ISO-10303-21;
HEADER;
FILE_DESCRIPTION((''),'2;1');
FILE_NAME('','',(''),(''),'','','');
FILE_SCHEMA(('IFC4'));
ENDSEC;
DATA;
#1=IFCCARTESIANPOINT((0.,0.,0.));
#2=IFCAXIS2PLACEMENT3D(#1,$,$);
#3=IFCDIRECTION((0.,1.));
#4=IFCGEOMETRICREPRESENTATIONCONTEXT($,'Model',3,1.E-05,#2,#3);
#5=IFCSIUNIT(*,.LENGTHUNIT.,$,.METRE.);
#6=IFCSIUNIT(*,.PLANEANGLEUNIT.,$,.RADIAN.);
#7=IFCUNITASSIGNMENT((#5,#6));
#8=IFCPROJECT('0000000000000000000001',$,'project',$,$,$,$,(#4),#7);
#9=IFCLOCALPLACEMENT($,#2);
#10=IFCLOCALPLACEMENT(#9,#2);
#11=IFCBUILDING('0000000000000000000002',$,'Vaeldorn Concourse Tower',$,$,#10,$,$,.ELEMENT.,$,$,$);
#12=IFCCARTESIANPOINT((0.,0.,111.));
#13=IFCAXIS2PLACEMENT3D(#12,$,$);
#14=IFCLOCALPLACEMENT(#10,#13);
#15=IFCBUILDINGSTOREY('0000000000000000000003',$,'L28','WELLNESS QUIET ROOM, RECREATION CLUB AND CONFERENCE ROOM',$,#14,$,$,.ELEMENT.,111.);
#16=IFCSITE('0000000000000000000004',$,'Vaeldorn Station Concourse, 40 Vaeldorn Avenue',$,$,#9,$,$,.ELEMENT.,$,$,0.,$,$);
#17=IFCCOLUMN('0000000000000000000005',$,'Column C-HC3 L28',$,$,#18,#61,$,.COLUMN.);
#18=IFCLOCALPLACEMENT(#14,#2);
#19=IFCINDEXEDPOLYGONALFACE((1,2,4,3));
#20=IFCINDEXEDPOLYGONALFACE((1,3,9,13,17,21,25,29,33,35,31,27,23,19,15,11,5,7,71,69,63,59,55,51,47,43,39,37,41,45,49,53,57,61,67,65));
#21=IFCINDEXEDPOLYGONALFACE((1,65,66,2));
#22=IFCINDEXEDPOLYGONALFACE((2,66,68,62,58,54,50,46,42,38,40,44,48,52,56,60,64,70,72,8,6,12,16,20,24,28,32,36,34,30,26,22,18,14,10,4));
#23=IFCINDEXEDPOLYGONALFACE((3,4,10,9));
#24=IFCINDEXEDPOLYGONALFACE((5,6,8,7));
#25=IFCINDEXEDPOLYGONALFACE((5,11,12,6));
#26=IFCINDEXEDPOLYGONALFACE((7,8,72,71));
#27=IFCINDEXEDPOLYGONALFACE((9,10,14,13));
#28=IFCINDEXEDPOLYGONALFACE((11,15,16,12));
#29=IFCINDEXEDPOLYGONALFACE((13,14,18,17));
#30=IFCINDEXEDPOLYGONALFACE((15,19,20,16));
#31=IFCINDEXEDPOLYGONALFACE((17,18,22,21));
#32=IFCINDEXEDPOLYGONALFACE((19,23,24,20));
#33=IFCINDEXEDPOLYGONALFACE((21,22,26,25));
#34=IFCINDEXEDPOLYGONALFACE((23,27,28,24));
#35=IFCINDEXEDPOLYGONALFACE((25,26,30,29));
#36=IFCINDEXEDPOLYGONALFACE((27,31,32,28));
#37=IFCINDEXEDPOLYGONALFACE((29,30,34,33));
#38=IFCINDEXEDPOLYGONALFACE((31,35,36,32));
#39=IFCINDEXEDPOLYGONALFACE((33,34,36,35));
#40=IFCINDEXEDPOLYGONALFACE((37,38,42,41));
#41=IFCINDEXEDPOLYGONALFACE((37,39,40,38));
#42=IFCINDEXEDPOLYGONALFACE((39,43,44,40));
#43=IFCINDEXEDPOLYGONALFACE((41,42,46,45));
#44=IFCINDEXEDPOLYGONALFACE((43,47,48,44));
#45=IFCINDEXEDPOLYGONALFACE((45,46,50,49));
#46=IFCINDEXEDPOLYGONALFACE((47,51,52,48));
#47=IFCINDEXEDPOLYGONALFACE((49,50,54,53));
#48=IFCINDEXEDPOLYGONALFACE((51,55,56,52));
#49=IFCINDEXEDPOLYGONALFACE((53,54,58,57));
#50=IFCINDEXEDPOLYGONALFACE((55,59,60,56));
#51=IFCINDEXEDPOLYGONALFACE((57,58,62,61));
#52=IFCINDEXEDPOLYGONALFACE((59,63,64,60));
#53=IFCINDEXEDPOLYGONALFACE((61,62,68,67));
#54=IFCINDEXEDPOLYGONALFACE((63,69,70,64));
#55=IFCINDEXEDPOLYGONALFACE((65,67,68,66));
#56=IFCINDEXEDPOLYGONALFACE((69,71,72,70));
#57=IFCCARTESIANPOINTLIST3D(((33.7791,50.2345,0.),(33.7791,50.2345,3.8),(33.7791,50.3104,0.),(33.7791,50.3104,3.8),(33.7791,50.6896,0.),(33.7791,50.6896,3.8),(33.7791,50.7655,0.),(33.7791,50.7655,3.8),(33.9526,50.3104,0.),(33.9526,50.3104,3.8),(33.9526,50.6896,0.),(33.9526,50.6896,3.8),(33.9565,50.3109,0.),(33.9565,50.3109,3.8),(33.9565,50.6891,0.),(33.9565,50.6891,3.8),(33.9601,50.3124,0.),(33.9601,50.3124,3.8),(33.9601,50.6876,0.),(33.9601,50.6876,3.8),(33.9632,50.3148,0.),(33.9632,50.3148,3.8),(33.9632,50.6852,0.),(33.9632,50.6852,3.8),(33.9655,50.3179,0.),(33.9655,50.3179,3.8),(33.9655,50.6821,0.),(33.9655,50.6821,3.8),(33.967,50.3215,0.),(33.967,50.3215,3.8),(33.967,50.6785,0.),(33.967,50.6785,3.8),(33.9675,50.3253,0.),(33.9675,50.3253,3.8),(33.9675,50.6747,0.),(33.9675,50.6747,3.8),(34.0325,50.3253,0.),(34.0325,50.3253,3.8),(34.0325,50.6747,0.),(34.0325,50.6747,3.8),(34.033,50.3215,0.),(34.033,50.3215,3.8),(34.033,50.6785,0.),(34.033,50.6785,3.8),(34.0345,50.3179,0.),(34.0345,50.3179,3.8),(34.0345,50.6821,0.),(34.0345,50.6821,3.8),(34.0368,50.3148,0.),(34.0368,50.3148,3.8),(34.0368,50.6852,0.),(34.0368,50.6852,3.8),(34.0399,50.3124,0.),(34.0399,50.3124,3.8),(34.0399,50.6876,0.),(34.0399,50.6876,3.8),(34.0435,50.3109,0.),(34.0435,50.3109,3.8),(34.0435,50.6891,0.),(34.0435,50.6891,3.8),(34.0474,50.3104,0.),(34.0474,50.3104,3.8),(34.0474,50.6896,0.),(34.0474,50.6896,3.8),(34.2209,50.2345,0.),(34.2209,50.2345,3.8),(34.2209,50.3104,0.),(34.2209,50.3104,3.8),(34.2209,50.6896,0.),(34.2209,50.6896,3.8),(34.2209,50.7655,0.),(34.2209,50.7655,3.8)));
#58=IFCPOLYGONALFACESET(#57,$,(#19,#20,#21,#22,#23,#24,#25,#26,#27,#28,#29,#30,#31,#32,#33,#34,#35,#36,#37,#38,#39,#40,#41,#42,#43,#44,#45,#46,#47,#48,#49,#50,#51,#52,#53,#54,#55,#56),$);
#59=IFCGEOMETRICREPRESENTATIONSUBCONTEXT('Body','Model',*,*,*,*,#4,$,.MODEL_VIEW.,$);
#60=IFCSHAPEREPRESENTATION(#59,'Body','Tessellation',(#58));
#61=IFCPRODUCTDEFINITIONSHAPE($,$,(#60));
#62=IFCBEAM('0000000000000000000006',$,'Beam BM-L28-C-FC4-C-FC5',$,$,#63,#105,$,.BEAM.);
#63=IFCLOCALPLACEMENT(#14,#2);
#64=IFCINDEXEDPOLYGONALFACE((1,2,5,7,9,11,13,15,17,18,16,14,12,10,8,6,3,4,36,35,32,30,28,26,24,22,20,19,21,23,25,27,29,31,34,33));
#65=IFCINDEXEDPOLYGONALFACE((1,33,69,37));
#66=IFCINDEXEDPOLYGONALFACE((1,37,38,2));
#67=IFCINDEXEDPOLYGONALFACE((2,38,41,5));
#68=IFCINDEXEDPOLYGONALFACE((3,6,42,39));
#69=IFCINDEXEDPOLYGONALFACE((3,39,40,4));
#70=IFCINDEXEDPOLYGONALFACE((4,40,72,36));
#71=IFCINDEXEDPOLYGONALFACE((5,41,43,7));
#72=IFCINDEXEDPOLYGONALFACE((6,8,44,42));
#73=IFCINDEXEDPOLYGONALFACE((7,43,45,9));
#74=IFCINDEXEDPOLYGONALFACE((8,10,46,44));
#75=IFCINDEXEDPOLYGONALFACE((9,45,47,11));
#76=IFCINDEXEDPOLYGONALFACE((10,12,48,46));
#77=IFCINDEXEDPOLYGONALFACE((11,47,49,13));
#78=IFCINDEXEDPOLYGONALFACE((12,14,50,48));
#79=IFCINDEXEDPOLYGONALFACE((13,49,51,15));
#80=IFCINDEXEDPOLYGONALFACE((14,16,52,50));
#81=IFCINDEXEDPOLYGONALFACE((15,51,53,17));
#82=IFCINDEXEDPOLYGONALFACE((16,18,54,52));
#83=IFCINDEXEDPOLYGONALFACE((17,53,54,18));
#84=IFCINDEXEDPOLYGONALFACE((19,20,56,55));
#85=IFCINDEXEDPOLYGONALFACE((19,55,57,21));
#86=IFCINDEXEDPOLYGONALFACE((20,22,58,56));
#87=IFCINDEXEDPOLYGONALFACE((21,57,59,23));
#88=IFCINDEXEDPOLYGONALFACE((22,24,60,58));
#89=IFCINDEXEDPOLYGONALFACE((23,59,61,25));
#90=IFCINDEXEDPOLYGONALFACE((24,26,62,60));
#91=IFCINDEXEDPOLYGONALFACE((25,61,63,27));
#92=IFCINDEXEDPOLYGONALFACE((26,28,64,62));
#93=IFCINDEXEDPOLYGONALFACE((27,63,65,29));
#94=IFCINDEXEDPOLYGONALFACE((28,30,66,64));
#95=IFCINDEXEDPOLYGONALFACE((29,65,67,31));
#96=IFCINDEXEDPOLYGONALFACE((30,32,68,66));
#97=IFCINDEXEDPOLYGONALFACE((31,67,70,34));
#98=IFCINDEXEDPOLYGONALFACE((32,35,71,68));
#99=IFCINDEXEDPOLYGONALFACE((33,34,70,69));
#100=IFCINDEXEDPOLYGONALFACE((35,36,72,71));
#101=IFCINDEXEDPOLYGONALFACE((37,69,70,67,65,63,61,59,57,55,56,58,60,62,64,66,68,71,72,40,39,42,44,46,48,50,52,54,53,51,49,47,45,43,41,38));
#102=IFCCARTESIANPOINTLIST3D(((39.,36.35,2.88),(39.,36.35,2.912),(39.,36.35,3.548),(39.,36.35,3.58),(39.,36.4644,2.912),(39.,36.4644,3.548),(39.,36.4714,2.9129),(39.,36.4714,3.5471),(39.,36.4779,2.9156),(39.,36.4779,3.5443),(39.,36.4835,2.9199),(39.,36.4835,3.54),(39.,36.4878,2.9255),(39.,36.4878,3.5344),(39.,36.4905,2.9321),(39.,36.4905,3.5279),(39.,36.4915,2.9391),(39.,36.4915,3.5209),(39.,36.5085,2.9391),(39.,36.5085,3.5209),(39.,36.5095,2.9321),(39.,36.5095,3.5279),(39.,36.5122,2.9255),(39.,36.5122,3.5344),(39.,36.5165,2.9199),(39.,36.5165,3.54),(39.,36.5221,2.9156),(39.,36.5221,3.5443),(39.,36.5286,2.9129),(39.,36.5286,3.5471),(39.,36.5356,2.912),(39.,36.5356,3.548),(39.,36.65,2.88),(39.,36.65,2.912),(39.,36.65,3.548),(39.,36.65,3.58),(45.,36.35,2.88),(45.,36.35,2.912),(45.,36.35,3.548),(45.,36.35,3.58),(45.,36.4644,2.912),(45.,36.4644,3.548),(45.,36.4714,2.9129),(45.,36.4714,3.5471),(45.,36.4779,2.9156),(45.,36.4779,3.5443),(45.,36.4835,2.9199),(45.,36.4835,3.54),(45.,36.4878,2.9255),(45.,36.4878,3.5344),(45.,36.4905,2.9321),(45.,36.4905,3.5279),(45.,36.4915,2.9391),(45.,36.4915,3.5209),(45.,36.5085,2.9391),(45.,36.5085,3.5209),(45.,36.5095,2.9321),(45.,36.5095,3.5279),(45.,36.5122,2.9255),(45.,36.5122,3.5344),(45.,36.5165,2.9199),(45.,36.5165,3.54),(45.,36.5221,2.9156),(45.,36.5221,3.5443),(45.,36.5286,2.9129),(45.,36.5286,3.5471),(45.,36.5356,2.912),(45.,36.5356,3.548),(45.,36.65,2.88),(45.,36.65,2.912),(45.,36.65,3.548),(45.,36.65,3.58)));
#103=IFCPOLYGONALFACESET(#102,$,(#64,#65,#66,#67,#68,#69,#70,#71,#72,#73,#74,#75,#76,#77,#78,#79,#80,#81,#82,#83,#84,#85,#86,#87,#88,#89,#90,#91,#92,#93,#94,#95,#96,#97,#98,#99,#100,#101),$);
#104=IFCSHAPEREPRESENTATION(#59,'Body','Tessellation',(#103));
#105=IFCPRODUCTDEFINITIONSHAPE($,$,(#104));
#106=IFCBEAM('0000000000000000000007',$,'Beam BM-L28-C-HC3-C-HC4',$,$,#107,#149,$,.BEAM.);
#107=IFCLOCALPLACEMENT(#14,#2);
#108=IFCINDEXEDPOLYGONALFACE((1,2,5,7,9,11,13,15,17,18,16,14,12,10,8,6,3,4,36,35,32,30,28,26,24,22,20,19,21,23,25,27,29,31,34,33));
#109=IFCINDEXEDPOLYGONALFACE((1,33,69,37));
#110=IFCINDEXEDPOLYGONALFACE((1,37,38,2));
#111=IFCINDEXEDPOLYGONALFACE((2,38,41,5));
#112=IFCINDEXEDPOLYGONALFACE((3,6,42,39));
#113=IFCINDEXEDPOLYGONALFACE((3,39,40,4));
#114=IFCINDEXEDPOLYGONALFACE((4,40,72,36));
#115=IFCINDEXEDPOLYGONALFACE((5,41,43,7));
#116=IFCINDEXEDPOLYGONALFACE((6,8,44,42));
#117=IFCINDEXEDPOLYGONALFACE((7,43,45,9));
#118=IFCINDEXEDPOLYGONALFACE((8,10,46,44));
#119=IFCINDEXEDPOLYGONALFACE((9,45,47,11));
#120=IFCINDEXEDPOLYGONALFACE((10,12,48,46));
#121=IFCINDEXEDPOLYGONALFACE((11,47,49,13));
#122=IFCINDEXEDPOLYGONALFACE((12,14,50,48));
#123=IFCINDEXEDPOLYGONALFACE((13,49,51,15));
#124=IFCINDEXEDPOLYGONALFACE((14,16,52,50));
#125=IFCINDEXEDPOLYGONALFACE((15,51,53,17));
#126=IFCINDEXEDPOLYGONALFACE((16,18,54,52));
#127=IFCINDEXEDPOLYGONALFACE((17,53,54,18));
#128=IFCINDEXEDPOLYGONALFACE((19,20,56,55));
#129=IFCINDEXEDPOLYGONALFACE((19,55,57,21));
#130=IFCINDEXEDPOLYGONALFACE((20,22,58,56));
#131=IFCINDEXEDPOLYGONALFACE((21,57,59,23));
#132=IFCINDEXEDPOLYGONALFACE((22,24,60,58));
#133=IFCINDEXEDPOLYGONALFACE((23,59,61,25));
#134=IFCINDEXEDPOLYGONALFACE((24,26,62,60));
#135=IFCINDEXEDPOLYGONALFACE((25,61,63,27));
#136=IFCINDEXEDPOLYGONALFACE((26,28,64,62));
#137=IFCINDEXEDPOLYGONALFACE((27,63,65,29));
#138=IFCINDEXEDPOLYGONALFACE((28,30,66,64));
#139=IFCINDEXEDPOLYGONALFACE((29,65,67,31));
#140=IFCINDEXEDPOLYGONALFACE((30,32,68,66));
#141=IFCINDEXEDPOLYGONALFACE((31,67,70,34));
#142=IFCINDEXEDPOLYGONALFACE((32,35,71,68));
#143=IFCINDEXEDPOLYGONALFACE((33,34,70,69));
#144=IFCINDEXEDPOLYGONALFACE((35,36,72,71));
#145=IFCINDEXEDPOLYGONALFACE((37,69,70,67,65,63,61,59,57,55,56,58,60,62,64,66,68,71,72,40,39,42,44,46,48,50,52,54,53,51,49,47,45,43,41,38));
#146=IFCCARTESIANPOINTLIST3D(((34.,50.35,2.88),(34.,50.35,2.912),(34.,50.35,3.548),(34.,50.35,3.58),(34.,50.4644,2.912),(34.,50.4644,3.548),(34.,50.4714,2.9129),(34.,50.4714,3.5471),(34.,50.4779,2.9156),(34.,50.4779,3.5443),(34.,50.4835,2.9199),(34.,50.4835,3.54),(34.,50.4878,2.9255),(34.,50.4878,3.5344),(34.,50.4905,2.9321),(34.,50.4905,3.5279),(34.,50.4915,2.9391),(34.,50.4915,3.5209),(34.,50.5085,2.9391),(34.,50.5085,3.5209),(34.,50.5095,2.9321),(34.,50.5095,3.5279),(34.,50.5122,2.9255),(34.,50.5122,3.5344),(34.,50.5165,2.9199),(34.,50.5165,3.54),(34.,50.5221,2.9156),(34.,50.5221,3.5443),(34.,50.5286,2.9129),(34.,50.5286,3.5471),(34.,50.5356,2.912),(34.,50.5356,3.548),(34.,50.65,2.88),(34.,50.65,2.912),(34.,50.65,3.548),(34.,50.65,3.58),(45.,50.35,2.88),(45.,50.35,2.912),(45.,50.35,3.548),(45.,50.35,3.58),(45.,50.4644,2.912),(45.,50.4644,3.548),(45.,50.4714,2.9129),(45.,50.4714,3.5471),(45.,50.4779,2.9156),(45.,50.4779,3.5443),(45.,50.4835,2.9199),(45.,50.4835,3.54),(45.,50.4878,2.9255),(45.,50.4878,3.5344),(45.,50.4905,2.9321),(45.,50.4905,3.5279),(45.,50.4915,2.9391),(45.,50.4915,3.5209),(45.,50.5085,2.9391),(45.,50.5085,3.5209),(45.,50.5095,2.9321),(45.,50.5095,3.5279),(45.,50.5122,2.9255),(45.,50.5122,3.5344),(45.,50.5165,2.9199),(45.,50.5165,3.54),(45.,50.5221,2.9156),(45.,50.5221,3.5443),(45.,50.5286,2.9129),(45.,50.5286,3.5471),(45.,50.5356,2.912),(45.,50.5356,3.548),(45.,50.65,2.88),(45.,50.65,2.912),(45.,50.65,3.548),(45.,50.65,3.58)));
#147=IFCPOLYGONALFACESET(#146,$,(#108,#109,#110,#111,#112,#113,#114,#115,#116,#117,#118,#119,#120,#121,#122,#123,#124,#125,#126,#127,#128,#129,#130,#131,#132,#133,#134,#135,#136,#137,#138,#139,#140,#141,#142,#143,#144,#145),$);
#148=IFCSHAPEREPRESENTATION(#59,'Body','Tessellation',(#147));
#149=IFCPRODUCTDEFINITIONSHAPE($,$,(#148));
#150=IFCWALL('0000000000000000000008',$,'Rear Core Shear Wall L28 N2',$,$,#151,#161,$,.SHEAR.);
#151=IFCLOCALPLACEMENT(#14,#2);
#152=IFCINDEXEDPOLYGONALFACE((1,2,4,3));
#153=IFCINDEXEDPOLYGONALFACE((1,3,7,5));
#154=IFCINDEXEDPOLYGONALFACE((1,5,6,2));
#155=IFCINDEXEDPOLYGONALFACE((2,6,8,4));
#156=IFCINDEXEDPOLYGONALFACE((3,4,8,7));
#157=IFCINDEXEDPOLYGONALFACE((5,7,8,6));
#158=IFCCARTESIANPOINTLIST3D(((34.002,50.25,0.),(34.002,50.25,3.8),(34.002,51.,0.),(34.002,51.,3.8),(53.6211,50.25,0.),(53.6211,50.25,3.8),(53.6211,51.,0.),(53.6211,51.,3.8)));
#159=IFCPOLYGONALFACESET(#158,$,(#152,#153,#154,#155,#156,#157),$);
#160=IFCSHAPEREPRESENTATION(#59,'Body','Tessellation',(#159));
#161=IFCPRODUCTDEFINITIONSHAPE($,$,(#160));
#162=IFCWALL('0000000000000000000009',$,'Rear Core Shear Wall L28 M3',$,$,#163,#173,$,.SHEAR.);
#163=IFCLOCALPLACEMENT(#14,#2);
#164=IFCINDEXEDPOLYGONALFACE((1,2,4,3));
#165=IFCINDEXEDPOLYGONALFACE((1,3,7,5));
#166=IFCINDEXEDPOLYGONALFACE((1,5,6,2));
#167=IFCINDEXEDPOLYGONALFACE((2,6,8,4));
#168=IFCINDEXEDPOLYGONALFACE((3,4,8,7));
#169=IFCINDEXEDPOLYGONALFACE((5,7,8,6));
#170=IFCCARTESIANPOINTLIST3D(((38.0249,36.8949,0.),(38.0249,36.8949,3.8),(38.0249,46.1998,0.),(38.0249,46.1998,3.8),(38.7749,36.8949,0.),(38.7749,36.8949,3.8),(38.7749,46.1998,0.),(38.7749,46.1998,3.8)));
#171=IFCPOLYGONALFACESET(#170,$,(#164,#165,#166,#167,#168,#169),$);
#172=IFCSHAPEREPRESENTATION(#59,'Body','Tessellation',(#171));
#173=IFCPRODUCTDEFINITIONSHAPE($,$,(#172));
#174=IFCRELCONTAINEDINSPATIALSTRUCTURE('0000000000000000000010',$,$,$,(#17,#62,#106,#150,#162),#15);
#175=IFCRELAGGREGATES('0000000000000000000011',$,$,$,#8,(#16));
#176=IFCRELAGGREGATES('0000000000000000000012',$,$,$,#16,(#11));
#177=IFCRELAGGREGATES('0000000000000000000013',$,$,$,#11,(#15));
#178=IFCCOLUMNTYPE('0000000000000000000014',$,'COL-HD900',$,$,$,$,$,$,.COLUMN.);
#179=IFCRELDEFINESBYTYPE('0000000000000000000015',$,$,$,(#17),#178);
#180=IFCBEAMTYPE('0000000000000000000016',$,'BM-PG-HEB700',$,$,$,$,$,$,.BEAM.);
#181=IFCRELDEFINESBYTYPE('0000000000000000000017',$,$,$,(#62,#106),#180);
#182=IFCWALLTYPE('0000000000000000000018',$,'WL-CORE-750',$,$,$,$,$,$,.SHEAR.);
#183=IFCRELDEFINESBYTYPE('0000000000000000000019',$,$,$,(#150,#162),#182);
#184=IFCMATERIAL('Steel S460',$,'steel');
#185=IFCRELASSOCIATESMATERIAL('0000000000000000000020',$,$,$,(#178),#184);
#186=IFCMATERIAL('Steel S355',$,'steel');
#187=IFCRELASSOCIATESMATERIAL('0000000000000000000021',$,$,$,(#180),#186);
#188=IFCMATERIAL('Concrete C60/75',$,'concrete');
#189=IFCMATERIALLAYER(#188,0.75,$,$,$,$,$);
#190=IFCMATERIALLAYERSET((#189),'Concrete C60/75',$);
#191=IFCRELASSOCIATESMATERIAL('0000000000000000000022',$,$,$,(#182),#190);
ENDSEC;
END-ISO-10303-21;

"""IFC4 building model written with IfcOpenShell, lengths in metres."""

from ifc_helpers import new_model, si_unit, direction, frame, frame_2d, origin, origin_2d, place, context, subcontext, project, spatial, rectangle, i_section, extrude, source, transform, mapped, material, layer, layer_set, material_profile, profile_set, type_object, element, save


model = new_model("IFC4")

# Units and contexts
model_context = context("Model", 3, precision=1e-05, world=origin(), true_north=direction((0.0, 1.0)))
body_context = subcontext(model_context, "Body", "Model", "MODEL_VIEW")
ifc_project = project(units=[si_unit("LENGTHUNIT", "METRE"), si_unit("PLANEANGLEUNIT", "RADIAN")], contexts=[model_context])

# Site, building, storey
site_placement = place(None, origin())
site = spatial("IfcSite", under=ifc_project, at=site_placement, Name="Vaeldorn Station Concourse, 40 Vaeldorn Avenue", CompositionType="ELEMENT", RefElevation=0.0)
building_placement = place(site_placement, origin())
building = spatial("IfcBuilding", under=site, at=building_placement, Name="Vaeldorn Concourse Tower", CompositionType="ELEMENT")
storey_placement = place(building_placement, frame((0.0, 0.0, 111.0)))
storey = spatial("IfcBuildingStorey", under=building, at=storey_placement, Name="L28", Description="WELLNESS QUIET ROOM, RECREATION CLUB AND CONFERENCE ROOM", CompositionType="ELEMENT", Elevation=111.0)

# Column
ifc_material_1 = material(Name="Steel S460", Category="steel")
ifc_material_profile_1 = material_profile(ifc_material_1, i_section(OverallWidth=0.4419, OverallDepth=0.531, WebThickness=0.0649, FlangeThickness=0.0759, FilletRadius=0.0149, at=origin_2d()), Name="HD 400x900")
ifc_profile_set_1 = profile_set([ifc_material_profile_1], Name="Steel S460")
column_type = type_object("IfcColumnType", Name="COL-HD900", PredefinedType="COLUMN", material=ifc_profile_set_1)
shared_shape_1 = source(origin(), body_context, "Body", "SweptSolid", [
    extrude(i_section(OverallWidth=0.4419, OverallDepth=0.531, WebThickness=0.0649, FlangeThickness=0.0759, FilletRadius=0.0149, at=origin_2d()), origin(), (0.0, 0.0, 1.0), 3.8),
])
column_placement = place(storey_placement, frame((34.0, 50.5, 0.0), z_axis=(0.0, 0.0, 1.0), x_axis=(1.0, 0.0, 0.0)))
element("IfcColumn", 1, at=column_placement, inside=storey, type_object=column_type, Name="Column C-HC3 L28", PredefinedType="COLUMN", context=body_context, shape_type="MappedRepresentation", body=[
    mapped(shared_shape_1, transform((0.0, 0.0, 0.0), scale=1.0)),
])

# Beams
ifc_material_2 = material(Name="Steel S355", Category="steel")
ifc_material_profile_2 = material_profile(ifc_material_2, i_section(OverallWidth=0.3, OverallDepth=0.7, WebThickness=0.0171, FlangeThickness=0.032, FilletRadius=0.0271, at=origin_2d()), Name="HEB 700")
ifc_profile_set_2 = profile_set([ifc_material_profile_2], Name="Steel S355")
beam_type = type_object("IfcBeamType", Name="BM-PG-HEB700", PredefinedType="BEAM", material=ifc_profile_set_2)
shared_shape_2 = source(origin(), body_context, "Body", "SweptSolid", [
    extrude(i_section(OverallWidth=0.3, OverallDepth=0.7, WebThickness=0.0171, FlangeThickness=0.032, FilletRadius=0.0271, at=origin_2d()), origin(), (0.0, 0.0, 1.0), 6.0),
])
beam_1_placement = place(storey_placement, frame((39.0, 36.5, 3.23), z_axis=(1.0, 0.0, 0.0), x_axis=(0.0, 1.0, 0.0)))
element("IfcBeam", 2, at=beam_1_placement, inside=storey, type_object=beam_type, Name="Beam BM-L28-C-FC4-C-FC5", PredefinedType="BEAM", context=body_context, shape_type="MappedRepresentation", body=[
    mapped(shared_shape_2, transform((0.0, 0.0, 0.0), scale=1.0)),
])
shared_shape_3 = source(origin(), body_context, "Body", "SweptSolid", [
    extrude(i_section(OverallWidth=0.3, OverallDepth=0.7, WebThickness=0.0171, FlangeThickness=0.032, FilletRadius=0.0271, at=origin_2d()), origin(), (0.0, 0.0, 1.0), 11.0),
])
beam_2_placement = place(storey_placement, frame((34.0, 50.5, 3.23), z_axis=(1.0, 0.0, 0.0), x_axis=(0.0, 1.0, 0.0)))
element("IfcBeam", 3, at=beam_2_placement, inside=storey, type_object=beam_type, Name="Beam BM-L28-C-HC3-C-HC4", PredefinedType="BEAM", context=body_context, shape_type="MappedRepresentation", body=[
    mapped(shared_shape_3, transform((0.0, 0.0, 0.0), scale=1.0)),
])

# Walls
ifc_material_3 = material(Name="Concrete C60/75", Category="concrete")
ifc_layer_1 = layer(ifc_material_3, 0.75)
ifc_layer_set_1 = layer_set([ifc_layer_1], Name="Concrete C60/75")
wall_type_1 = type_object("IfcWallType", Name="WL-CORE-750", PredefinedType="SHEAR", material=ifc_layer_set_1)
wall_1_placement = place(storey_placement, frame((34.002, 50.625, 0.0), z_axis=(0.0, 0.0, 1.0), x_axis=(1.0, 0.0, 0.0)))
element("IfcWall", 4, at=wall_1_placement, inside=storey, type_object=wall_type_1, Name="Rear Core Shear Wall L28 N2", PredefinedType="SHEAR", context=body_context, shape_type="SweptSolid", body=[
    extrude(rectangle(XDim=19.6191, YDim=0.75, at=frame_2d((9.8096, 0.0))), origin(), (0.0, 0.0, 1.0), 3.8),
])
wall_2_placement = place(storey_placement, frame((38.3999, 36.895, 0.0), z_axis=(0.0, 0.0, 1.0), x_axis=(0.0, 1.0, 0.0)))
element("IfcWall", 5, at=wall_2_placement, inside=storey, type_object=wall_type_1, Name="Rear Core Shear Wall L28 M3", PredefinedType="SHEAR", context=body_context, shape_type="SweptSolid", body=[
    extrude(rectangle(XDim=9.3049, YDim=0.75, at=frame_2d((4.6523, 0.0))), origin(), (0.0, 0.0, 1.0), 3.8),
])

save(model, "model.ifc")
